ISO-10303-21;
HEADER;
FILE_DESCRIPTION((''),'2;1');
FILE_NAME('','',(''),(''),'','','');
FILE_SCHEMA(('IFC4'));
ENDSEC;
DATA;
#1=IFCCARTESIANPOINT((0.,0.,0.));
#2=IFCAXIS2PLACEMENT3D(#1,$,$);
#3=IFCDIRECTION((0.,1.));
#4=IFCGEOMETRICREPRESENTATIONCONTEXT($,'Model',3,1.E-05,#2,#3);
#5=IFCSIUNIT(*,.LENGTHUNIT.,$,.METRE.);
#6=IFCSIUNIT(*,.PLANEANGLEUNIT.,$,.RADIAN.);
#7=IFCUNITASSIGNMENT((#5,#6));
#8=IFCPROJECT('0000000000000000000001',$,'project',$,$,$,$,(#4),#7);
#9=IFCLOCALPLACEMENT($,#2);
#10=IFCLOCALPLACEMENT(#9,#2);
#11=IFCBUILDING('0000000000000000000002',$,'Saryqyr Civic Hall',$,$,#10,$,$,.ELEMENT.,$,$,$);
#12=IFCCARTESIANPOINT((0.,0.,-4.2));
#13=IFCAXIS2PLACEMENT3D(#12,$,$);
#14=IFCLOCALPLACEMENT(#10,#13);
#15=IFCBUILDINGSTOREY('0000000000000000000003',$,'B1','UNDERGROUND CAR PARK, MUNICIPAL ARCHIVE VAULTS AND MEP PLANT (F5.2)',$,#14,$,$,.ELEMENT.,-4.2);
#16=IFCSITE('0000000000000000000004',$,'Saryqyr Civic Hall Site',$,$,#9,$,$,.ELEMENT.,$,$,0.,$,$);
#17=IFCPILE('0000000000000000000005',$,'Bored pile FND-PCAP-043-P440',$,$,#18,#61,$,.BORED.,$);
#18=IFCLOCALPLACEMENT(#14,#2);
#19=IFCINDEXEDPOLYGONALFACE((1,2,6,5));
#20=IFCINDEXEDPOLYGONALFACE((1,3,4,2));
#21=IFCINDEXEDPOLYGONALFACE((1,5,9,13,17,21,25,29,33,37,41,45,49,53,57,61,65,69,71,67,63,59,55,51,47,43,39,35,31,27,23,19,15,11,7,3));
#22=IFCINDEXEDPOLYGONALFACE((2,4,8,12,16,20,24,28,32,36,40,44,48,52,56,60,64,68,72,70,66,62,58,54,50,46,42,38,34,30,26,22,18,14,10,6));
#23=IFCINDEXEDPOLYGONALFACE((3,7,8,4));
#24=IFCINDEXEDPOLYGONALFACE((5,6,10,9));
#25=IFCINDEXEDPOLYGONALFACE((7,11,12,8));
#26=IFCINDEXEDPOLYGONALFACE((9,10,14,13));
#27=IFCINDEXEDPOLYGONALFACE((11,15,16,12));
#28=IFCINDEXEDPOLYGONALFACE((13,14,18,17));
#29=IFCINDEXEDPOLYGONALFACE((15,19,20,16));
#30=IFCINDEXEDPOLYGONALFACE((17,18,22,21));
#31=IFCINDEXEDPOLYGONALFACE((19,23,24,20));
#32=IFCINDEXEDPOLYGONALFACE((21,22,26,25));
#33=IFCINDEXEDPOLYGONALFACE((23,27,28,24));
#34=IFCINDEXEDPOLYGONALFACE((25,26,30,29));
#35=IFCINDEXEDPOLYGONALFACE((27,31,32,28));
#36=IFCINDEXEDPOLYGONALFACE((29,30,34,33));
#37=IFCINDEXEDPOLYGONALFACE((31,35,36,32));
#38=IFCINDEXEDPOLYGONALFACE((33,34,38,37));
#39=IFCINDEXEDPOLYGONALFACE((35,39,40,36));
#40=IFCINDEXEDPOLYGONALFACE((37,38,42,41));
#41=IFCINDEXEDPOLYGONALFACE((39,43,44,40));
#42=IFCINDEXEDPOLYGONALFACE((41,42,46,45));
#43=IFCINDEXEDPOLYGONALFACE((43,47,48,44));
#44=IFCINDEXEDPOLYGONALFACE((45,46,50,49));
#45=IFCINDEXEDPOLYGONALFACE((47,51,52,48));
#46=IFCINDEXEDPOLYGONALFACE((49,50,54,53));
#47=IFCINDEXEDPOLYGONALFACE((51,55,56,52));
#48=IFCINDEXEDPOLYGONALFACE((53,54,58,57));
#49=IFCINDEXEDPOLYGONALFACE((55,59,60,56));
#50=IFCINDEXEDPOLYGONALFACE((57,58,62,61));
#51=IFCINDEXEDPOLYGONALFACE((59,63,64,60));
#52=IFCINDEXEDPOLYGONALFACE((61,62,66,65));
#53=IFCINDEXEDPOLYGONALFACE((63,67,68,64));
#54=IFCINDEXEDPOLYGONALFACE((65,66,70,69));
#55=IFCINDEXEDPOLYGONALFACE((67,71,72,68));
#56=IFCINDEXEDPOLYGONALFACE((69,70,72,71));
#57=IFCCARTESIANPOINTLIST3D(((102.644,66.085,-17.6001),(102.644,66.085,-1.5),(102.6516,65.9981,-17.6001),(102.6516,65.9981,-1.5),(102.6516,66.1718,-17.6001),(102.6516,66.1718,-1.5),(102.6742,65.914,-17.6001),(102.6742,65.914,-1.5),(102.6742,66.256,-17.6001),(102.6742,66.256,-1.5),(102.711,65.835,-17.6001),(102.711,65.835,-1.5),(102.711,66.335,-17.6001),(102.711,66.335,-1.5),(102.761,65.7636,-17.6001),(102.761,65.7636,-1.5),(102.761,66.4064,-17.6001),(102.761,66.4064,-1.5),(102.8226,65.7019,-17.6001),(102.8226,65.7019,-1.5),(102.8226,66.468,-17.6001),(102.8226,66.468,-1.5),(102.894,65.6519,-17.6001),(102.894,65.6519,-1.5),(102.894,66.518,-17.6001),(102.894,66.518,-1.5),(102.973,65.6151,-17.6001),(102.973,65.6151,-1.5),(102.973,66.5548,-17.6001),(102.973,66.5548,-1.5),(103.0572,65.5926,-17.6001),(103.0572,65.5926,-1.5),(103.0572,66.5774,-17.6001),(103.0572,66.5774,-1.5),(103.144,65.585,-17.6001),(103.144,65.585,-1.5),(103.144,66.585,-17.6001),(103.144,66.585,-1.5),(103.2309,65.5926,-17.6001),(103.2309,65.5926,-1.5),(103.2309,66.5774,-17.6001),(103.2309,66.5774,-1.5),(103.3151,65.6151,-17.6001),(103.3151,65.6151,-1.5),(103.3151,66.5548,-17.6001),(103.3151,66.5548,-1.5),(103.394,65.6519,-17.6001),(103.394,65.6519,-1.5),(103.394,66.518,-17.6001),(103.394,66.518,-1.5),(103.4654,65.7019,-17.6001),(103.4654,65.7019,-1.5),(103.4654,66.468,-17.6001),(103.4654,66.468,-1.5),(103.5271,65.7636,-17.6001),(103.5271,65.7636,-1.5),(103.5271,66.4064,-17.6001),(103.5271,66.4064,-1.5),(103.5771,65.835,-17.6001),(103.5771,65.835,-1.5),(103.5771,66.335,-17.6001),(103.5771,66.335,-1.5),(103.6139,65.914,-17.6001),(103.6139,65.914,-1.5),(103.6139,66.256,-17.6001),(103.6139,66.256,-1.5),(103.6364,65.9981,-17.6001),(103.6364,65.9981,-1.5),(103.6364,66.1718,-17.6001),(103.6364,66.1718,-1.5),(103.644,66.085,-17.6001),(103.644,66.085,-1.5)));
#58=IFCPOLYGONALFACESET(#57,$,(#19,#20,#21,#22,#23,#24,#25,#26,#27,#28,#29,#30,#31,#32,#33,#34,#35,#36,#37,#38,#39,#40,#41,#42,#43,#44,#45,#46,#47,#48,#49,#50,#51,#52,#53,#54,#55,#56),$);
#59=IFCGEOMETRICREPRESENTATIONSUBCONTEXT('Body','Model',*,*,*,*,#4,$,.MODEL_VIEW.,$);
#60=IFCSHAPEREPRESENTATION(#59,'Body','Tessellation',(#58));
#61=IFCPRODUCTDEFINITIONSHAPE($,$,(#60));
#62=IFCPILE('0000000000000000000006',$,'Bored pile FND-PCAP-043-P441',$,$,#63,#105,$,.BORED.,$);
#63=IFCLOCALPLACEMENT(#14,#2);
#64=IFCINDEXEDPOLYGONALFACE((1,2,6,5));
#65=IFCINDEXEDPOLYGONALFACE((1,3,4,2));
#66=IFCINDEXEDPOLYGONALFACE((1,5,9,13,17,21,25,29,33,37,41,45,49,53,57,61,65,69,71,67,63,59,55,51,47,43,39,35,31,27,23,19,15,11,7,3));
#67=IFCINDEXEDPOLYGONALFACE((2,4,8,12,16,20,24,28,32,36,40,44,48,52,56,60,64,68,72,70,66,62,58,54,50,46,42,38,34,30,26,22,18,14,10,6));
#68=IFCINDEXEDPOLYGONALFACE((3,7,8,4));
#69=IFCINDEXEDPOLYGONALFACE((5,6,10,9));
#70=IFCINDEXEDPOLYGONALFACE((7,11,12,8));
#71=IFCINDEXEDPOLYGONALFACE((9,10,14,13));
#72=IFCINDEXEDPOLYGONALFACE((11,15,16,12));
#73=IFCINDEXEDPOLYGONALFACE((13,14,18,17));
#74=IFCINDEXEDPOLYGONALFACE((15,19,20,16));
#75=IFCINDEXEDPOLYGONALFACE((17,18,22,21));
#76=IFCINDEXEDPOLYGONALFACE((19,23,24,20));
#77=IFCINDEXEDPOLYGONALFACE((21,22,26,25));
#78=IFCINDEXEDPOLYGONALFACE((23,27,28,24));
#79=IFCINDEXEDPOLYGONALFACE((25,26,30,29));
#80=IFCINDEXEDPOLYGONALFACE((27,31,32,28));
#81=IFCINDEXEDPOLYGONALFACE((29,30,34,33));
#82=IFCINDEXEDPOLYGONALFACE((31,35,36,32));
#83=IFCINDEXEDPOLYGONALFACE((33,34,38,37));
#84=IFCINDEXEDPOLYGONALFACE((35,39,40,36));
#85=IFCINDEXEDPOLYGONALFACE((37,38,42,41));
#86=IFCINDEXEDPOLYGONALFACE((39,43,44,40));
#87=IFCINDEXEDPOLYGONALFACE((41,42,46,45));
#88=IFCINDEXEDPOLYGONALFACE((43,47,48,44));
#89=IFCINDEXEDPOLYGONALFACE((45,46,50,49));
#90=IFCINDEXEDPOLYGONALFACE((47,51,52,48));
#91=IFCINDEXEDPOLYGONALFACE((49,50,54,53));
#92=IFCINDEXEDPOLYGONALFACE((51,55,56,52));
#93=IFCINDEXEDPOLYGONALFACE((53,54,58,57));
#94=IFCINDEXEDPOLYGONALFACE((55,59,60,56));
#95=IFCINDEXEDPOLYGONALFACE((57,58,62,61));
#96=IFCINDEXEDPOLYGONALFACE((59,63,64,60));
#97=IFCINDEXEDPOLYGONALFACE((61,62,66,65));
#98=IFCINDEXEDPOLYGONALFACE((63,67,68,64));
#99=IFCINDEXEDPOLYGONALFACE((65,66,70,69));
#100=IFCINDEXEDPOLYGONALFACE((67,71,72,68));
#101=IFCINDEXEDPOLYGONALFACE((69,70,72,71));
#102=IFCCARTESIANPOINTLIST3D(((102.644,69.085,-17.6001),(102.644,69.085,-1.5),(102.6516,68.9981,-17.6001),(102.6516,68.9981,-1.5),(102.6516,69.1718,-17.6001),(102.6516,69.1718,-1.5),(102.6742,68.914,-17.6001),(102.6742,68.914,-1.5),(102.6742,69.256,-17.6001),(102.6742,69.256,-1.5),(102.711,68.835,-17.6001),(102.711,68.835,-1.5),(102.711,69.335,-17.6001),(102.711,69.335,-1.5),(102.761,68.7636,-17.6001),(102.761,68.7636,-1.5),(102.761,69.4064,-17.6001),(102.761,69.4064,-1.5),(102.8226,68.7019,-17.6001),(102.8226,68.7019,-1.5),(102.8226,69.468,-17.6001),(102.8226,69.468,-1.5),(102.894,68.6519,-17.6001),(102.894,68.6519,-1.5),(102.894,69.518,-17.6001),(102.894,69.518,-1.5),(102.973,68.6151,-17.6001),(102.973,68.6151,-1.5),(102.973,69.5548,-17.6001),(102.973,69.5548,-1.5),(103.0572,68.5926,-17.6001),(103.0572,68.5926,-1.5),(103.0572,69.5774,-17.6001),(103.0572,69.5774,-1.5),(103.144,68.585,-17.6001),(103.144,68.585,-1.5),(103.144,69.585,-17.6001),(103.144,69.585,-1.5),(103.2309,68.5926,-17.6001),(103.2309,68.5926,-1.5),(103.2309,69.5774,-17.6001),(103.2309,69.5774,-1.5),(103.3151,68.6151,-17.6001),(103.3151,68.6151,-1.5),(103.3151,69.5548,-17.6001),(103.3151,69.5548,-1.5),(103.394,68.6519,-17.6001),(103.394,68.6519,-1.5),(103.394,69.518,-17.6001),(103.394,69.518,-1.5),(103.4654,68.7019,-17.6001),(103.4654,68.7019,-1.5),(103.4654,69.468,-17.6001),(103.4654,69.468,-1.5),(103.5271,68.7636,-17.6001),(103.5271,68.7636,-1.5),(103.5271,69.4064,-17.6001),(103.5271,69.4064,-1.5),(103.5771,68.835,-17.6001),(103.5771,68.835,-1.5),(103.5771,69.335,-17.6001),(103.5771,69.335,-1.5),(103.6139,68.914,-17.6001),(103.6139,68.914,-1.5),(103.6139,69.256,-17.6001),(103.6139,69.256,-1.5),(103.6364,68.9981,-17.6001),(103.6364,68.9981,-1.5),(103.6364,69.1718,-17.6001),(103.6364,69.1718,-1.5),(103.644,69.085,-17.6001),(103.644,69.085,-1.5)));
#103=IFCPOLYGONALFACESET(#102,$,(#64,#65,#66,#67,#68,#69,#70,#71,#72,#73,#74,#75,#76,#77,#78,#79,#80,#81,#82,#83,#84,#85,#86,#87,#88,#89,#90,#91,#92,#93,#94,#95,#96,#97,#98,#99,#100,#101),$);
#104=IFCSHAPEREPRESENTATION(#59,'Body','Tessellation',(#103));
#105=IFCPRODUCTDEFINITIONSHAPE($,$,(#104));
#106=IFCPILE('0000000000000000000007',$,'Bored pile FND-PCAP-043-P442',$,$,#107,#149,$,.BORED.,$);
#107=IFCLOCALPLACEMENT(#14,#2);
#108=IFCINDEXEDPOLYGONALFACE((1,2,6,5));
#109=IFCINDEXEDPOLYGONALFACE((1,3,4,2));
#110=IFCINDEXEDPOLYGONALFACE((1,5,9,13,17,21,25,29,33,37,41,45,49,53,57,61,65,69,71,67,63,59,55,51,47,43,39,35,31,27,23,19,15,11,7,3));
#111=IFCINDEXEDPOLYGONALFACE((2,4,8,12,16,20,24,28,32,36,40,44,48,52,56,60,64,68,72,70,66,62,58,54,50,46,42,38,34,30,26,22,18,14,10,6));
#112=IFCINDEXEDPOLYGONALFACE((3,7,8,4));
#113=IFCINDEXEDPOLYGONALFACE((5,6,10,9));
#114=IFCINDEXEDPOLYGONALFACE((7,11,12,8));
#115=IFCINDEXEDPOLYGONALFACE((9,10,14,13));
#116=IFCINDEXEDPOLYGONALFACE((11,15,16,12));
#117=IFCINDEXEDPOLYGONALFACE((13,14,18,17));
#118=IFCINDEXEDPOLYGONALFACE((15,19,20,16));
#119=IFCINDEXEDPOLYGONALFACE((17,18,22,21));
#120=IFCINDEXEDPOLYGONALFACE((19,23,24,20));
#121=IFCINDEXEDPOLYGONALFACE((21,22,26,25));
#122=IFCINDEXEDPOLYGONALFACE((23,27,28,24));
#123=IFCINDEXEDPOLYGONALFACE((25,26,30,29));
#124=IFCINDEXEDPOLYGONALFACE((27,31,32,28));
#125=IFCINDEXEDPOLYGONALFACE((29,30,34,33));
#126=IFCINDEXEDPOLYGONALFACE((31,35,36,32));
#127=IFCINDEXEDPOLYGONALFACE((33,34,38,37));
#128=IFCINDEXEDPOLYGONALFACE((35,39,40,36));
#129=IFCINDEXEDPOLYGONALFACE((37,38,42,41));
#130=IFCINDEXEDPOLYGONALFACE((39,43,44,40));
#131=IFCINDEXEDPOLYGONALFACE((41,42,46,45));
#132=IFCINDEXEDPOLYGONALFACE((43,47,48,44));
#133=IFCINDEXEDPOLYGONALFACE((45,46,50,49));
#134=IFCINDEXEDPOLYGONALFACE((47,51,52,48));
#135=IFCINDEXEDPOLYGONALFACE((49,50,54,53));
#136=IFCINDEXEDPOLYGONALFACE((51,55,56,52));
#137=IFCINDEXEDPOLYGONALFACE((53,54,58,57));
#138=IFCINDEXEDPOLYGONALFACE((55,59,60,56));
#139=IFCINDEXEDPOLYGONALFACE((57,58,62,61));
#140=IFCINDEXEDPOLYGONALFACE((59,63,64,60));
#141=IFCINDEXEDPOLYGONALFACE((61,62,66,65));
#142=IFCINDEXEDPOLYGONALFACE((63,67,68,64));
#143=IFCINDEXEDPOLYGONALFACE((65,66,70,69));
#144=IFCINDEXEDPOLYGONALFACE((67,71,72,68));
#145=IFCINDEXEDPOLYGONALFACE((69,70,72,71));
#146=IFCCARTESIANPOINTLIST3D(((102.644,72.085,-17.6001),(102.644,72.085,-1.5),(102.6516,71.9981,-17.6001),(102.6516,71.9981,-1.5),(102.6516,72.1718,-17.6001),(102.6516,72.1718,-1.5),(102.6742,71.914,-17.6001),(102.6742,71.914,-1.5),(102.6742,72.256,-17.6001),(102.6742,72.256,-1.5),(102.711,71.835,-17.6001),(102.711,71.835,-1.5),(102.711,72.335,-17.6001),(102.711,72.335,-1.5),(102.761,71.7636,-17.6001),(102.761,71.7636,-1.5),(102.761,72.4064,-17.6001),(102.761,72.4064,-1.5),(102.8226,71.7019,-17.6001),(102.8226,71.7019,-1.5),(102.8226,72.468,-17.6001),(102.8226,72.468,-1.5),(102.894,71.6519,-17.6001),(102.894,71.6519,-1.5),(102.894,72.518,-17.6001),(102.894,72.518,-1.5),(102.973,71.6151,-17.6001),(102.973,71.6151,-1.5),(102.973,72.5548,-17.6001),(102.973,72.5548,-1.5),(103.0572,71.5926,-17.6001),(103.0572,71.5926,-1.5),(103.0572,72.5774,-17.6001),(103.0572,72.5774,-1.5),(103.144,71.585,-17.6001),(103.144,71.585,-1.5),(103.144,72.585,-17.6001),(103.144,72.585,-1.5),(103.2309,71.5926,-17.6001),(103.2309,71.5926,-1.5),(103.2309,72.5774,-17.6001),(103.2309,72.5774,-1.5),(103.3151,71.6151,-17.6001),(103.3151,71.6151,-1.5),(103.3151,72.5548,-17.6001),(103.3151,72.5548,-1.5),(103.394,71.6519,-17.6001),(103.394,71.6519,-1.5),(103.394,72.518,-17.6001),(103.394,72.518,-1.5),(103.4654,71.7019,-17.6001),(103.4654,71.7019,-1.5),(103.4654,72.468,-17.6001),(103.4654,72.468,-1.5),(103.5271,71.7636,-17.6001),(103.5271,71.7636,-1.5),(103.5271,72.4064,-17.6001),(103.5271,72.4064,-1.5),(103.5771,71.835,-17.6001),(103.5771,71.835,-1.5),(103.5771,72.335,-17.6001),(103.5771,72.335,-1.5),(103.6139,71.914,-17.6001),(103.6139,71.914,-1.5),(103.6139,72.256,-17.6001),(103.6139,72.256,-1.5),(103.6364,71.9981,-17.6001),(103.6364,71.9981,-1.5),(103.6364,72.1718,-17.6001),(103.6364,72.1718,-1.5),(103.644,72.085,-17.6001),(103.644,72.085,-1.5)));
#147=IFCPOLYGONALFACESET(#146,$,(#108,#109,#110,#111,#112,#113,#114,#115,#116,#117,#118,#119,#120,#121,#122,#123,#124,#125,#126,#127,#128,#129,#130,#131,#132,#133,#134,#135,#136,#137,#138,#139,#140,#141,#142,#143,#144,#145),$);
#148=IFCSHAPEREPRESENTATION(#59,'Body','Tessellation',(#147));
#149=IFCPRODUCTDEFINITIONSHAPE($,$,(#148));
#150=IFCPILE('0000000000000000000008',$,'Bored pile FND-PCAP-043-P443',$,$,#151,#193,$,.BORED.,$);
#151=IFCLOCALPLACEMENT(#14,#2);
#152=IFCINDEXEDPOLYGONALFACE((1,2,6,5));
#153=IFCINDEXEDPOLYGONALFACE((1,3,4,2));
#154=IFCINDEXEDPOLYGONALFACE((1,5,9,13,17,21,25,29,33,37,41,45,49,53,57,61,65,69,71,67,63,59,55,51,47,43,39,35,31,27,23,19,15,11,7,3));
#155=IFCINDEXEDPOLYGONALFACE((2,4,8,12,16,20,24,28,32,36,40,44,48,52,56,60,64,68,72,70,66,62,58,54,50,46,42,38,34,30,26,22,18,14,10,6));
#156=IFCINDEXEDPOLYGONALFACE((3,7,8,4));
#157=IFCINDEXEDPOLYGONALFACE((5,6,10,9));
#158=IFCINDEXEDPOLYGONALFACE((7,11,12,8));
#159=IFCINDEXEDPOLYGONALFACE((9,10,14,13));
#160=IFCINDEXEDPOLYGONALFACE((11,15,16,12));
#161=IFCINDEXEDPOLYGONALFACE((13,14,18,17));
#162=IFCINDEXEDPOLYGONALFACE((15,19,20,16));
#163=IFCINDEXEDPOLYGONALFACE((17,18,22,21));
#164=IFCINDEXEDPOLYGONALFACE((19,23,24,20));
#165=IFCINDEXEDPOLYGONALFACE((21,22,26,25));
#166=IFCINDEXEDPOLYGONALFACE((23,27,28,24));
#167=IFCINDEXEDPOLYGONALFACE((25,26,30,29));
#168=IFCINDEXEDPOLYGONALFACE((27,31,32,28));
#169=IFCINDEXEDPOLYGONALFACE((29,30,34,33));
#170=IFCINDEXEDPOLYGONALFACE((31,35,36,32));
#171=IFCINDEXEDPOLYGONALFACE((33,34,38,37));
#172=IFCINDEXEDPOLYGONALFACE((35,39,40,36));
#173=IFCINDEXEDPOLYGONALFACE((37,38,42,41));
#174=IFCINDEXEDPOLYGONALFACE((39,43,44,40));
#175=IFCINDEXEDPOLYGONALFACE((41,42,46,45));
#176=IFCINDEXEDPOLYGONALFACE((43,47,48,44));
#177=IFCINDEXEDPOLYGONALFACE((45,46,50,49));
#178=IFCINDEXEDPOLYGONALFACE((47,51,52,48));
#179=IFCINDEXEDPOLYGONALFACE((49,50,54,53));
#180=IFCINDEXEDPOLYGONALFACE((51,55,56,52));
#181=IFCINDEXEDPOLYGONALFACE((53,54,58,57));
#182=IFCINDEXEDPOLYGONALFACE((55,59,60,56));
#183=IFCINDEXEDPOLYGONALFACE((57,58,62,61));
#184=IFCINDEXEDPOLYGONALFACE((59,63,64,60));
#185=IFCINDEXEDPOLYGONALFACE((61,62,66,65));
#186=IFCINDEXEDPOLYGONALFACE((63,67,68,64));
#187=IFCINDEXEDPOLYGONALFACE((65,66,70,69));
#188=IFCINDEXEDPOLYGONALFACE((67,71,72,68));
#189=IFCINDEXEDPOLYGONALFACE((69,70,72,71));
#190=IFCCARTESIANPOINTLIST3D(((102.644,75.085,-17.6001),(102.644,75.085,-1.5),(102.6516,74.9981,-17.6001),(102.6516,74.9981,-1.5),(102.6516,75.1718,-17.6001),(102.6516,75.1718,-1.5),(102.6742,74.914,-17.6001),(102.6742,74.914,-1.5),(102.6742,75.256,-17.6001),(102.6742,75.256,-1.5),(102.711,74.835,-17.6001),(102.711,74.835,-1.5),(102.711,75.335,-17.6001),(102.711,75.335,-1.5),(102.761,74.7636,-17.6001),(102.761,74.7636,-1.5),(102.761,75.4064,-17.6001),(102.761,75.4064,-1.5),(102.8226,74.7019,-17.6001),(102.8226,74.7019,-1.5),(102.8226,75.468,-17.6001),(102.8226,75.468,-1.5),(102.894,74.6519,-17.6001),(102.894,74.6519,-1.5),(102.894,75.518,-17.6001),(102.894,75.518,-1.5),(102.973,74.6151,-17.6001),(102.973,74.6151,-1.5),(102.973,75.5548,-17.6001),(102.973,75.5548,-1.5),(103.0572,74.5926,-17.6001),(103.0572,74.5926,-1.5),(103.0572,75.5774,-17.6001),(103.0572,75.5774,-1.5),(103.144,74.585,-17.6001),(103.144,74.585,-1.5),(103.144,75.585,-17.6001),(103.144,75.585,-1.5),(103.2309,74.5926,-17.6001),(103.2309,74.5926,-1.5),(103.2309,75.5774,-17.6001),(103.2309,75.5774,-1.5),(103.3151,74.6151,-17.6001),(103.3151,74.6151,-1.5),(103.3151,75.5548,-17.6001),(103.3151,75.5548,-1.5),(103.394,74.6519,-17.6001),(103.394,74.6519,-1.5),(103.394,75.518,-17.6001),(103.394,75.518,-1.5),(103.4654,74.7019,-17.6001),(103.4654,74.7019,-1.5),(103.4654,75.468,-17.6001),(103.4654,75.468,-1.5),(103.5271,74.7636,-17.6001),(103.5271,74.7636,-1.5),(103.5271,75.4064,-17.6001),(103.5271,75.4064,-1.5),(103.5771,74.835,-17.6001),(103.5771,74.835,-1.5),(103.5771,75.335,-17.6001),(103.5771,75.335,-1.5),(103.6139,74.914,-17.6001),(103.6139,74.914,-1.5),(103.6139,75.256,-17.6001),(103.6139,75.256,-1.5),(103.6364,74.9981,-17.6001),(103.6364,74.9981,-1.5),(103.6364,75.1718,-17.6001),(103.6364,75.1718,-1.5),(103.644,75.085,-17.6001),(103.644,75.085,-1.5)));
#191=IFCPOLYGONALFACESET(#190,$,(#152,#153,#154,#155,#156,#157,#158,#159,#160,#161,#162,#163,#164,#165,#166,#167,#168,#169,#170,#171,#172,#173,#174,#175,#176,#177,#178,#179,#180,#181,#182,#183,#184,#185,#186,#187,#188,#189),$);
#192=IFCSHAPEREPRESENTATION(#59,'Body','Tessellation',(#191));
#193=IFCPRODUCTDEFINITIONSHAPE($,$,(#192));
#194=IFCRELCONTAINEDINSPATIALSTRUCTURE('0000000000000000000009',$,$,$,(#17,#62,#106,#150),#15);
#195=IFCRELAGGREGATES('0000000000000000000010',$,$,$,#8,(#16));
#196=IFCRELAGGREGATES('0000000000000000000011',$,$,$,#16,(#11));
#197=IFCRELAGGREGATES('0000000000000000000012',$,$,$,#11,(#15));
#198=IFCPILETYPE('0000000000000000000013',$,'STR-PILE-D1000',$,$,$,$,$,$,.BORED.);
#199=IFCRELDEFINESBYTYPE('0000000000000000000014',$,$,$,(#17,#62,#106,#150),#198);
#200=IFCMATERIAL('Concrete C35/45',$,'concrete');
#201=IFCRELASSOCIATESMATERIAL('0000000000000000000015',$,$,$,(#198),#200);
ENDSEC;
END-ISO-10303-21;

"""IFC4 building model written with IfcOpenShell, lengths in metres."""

from ifc_helpers import new_model, si_unit, direction, frame, origin, origin_2d, place, context, subcontext, project, spatial, circle, extrude, material, material_profile, profile_set, type_object, element, save


model = new_model("IFC4")

# Units and contexts
model_context = context("Model", 3, precision=1e-05, world=origin(), true_north=direction((0.0, 1.0)))
body_context = subcontext(model_context, "Body", "Model", "MODEL_VIEW")
ifc_project = project(units=[si_unit("LENGTHUNIT", "METRE"), si_unit("PLANEANGLEUNIT", "RADIAN")], contexts=[model_context])

# Site, building, storey
site_placement = place(None, origin())
site = spatial("IfcSite", under=ifc_project, at=site_placement, Name="Saryqyr Civic Hall Site", CompositionType="ELEMENT", RefElevation=0.0)
building_placement = place(site_placement, origin())
building = spatial("IfcBuilding", under=site, at=building_placement, Name="Saryqyr Civic Hall", CompositionType="ELEMENT")
storey_placement = place(building_placement, frame((0.0, 0.0, -4.2)))
storey = spatial("IfcBuildingStorey", under=building, at=storey_placement, Name="B1", Description="UNDERGROUND CAR PARK, MUNICIPAL ARCHIVE VAULTS AND MEP PLANT (F5.2)", CompositionType="ELEMENT", Elevation=-4.2)

# Piles
ifc_material_1 = material(Name="Concrete C35/45", Category="concrete")
ifc_material_profile_1 = material_profile(ifc_material_1, circle(Radius=0.5, at=origin_2d()), Name="BORED PILE D1000")
ifc_profile_set_1 = profile_set([ifc_material_profile_1], Name="Concrete C35/45")
pile_type = type_object("IfcPileType", Name="STR-PILE-D1000", PredefinedType="BORED", material=ifc_profile_set_1)
for number, where, z_axis, x_axis, name in (
    (1, (103.144, 66.085, -1.5), (0.0, 0.0, -1.0), (1.0, 0.0, 0.0), "Bored pile FND-PCAP-043-P440"),
    (2, (103.144, 69.085, -1.5), (0.0, 0.0, -1.0), (1.0, 0.0, 0.0), "Bored pile FND-PCAP-043-P441"),
    (3, (103.144, 72.085, -1.5), (0.0, 0.0, -1.0), (1.0, 0.0, 0.0), "Bored pile FND-PCAP-043-P442"),
    (4, (103.144, 75.085, -1.5), (0.0, 0.0, -1.0), (1.0, 0.0, 0.0), "Bored pile FND-PCAP-043-P443"),
):
    element("IfcPile", number, at=place(storey_placement, frame(where, z_axis=z_axis, x_axis=x_axis)), inside=storey, type_object=pile_type, Name=name, PredefinedType="BORED", context=body_context, shape_type="SweptSolid", body=[
        extrude(circle(Radius=0.5, at=origin_2d()), origin(), (0.0, 0.0, 1.0), 16.1001),
    ])

save(model, "model.ifc")
